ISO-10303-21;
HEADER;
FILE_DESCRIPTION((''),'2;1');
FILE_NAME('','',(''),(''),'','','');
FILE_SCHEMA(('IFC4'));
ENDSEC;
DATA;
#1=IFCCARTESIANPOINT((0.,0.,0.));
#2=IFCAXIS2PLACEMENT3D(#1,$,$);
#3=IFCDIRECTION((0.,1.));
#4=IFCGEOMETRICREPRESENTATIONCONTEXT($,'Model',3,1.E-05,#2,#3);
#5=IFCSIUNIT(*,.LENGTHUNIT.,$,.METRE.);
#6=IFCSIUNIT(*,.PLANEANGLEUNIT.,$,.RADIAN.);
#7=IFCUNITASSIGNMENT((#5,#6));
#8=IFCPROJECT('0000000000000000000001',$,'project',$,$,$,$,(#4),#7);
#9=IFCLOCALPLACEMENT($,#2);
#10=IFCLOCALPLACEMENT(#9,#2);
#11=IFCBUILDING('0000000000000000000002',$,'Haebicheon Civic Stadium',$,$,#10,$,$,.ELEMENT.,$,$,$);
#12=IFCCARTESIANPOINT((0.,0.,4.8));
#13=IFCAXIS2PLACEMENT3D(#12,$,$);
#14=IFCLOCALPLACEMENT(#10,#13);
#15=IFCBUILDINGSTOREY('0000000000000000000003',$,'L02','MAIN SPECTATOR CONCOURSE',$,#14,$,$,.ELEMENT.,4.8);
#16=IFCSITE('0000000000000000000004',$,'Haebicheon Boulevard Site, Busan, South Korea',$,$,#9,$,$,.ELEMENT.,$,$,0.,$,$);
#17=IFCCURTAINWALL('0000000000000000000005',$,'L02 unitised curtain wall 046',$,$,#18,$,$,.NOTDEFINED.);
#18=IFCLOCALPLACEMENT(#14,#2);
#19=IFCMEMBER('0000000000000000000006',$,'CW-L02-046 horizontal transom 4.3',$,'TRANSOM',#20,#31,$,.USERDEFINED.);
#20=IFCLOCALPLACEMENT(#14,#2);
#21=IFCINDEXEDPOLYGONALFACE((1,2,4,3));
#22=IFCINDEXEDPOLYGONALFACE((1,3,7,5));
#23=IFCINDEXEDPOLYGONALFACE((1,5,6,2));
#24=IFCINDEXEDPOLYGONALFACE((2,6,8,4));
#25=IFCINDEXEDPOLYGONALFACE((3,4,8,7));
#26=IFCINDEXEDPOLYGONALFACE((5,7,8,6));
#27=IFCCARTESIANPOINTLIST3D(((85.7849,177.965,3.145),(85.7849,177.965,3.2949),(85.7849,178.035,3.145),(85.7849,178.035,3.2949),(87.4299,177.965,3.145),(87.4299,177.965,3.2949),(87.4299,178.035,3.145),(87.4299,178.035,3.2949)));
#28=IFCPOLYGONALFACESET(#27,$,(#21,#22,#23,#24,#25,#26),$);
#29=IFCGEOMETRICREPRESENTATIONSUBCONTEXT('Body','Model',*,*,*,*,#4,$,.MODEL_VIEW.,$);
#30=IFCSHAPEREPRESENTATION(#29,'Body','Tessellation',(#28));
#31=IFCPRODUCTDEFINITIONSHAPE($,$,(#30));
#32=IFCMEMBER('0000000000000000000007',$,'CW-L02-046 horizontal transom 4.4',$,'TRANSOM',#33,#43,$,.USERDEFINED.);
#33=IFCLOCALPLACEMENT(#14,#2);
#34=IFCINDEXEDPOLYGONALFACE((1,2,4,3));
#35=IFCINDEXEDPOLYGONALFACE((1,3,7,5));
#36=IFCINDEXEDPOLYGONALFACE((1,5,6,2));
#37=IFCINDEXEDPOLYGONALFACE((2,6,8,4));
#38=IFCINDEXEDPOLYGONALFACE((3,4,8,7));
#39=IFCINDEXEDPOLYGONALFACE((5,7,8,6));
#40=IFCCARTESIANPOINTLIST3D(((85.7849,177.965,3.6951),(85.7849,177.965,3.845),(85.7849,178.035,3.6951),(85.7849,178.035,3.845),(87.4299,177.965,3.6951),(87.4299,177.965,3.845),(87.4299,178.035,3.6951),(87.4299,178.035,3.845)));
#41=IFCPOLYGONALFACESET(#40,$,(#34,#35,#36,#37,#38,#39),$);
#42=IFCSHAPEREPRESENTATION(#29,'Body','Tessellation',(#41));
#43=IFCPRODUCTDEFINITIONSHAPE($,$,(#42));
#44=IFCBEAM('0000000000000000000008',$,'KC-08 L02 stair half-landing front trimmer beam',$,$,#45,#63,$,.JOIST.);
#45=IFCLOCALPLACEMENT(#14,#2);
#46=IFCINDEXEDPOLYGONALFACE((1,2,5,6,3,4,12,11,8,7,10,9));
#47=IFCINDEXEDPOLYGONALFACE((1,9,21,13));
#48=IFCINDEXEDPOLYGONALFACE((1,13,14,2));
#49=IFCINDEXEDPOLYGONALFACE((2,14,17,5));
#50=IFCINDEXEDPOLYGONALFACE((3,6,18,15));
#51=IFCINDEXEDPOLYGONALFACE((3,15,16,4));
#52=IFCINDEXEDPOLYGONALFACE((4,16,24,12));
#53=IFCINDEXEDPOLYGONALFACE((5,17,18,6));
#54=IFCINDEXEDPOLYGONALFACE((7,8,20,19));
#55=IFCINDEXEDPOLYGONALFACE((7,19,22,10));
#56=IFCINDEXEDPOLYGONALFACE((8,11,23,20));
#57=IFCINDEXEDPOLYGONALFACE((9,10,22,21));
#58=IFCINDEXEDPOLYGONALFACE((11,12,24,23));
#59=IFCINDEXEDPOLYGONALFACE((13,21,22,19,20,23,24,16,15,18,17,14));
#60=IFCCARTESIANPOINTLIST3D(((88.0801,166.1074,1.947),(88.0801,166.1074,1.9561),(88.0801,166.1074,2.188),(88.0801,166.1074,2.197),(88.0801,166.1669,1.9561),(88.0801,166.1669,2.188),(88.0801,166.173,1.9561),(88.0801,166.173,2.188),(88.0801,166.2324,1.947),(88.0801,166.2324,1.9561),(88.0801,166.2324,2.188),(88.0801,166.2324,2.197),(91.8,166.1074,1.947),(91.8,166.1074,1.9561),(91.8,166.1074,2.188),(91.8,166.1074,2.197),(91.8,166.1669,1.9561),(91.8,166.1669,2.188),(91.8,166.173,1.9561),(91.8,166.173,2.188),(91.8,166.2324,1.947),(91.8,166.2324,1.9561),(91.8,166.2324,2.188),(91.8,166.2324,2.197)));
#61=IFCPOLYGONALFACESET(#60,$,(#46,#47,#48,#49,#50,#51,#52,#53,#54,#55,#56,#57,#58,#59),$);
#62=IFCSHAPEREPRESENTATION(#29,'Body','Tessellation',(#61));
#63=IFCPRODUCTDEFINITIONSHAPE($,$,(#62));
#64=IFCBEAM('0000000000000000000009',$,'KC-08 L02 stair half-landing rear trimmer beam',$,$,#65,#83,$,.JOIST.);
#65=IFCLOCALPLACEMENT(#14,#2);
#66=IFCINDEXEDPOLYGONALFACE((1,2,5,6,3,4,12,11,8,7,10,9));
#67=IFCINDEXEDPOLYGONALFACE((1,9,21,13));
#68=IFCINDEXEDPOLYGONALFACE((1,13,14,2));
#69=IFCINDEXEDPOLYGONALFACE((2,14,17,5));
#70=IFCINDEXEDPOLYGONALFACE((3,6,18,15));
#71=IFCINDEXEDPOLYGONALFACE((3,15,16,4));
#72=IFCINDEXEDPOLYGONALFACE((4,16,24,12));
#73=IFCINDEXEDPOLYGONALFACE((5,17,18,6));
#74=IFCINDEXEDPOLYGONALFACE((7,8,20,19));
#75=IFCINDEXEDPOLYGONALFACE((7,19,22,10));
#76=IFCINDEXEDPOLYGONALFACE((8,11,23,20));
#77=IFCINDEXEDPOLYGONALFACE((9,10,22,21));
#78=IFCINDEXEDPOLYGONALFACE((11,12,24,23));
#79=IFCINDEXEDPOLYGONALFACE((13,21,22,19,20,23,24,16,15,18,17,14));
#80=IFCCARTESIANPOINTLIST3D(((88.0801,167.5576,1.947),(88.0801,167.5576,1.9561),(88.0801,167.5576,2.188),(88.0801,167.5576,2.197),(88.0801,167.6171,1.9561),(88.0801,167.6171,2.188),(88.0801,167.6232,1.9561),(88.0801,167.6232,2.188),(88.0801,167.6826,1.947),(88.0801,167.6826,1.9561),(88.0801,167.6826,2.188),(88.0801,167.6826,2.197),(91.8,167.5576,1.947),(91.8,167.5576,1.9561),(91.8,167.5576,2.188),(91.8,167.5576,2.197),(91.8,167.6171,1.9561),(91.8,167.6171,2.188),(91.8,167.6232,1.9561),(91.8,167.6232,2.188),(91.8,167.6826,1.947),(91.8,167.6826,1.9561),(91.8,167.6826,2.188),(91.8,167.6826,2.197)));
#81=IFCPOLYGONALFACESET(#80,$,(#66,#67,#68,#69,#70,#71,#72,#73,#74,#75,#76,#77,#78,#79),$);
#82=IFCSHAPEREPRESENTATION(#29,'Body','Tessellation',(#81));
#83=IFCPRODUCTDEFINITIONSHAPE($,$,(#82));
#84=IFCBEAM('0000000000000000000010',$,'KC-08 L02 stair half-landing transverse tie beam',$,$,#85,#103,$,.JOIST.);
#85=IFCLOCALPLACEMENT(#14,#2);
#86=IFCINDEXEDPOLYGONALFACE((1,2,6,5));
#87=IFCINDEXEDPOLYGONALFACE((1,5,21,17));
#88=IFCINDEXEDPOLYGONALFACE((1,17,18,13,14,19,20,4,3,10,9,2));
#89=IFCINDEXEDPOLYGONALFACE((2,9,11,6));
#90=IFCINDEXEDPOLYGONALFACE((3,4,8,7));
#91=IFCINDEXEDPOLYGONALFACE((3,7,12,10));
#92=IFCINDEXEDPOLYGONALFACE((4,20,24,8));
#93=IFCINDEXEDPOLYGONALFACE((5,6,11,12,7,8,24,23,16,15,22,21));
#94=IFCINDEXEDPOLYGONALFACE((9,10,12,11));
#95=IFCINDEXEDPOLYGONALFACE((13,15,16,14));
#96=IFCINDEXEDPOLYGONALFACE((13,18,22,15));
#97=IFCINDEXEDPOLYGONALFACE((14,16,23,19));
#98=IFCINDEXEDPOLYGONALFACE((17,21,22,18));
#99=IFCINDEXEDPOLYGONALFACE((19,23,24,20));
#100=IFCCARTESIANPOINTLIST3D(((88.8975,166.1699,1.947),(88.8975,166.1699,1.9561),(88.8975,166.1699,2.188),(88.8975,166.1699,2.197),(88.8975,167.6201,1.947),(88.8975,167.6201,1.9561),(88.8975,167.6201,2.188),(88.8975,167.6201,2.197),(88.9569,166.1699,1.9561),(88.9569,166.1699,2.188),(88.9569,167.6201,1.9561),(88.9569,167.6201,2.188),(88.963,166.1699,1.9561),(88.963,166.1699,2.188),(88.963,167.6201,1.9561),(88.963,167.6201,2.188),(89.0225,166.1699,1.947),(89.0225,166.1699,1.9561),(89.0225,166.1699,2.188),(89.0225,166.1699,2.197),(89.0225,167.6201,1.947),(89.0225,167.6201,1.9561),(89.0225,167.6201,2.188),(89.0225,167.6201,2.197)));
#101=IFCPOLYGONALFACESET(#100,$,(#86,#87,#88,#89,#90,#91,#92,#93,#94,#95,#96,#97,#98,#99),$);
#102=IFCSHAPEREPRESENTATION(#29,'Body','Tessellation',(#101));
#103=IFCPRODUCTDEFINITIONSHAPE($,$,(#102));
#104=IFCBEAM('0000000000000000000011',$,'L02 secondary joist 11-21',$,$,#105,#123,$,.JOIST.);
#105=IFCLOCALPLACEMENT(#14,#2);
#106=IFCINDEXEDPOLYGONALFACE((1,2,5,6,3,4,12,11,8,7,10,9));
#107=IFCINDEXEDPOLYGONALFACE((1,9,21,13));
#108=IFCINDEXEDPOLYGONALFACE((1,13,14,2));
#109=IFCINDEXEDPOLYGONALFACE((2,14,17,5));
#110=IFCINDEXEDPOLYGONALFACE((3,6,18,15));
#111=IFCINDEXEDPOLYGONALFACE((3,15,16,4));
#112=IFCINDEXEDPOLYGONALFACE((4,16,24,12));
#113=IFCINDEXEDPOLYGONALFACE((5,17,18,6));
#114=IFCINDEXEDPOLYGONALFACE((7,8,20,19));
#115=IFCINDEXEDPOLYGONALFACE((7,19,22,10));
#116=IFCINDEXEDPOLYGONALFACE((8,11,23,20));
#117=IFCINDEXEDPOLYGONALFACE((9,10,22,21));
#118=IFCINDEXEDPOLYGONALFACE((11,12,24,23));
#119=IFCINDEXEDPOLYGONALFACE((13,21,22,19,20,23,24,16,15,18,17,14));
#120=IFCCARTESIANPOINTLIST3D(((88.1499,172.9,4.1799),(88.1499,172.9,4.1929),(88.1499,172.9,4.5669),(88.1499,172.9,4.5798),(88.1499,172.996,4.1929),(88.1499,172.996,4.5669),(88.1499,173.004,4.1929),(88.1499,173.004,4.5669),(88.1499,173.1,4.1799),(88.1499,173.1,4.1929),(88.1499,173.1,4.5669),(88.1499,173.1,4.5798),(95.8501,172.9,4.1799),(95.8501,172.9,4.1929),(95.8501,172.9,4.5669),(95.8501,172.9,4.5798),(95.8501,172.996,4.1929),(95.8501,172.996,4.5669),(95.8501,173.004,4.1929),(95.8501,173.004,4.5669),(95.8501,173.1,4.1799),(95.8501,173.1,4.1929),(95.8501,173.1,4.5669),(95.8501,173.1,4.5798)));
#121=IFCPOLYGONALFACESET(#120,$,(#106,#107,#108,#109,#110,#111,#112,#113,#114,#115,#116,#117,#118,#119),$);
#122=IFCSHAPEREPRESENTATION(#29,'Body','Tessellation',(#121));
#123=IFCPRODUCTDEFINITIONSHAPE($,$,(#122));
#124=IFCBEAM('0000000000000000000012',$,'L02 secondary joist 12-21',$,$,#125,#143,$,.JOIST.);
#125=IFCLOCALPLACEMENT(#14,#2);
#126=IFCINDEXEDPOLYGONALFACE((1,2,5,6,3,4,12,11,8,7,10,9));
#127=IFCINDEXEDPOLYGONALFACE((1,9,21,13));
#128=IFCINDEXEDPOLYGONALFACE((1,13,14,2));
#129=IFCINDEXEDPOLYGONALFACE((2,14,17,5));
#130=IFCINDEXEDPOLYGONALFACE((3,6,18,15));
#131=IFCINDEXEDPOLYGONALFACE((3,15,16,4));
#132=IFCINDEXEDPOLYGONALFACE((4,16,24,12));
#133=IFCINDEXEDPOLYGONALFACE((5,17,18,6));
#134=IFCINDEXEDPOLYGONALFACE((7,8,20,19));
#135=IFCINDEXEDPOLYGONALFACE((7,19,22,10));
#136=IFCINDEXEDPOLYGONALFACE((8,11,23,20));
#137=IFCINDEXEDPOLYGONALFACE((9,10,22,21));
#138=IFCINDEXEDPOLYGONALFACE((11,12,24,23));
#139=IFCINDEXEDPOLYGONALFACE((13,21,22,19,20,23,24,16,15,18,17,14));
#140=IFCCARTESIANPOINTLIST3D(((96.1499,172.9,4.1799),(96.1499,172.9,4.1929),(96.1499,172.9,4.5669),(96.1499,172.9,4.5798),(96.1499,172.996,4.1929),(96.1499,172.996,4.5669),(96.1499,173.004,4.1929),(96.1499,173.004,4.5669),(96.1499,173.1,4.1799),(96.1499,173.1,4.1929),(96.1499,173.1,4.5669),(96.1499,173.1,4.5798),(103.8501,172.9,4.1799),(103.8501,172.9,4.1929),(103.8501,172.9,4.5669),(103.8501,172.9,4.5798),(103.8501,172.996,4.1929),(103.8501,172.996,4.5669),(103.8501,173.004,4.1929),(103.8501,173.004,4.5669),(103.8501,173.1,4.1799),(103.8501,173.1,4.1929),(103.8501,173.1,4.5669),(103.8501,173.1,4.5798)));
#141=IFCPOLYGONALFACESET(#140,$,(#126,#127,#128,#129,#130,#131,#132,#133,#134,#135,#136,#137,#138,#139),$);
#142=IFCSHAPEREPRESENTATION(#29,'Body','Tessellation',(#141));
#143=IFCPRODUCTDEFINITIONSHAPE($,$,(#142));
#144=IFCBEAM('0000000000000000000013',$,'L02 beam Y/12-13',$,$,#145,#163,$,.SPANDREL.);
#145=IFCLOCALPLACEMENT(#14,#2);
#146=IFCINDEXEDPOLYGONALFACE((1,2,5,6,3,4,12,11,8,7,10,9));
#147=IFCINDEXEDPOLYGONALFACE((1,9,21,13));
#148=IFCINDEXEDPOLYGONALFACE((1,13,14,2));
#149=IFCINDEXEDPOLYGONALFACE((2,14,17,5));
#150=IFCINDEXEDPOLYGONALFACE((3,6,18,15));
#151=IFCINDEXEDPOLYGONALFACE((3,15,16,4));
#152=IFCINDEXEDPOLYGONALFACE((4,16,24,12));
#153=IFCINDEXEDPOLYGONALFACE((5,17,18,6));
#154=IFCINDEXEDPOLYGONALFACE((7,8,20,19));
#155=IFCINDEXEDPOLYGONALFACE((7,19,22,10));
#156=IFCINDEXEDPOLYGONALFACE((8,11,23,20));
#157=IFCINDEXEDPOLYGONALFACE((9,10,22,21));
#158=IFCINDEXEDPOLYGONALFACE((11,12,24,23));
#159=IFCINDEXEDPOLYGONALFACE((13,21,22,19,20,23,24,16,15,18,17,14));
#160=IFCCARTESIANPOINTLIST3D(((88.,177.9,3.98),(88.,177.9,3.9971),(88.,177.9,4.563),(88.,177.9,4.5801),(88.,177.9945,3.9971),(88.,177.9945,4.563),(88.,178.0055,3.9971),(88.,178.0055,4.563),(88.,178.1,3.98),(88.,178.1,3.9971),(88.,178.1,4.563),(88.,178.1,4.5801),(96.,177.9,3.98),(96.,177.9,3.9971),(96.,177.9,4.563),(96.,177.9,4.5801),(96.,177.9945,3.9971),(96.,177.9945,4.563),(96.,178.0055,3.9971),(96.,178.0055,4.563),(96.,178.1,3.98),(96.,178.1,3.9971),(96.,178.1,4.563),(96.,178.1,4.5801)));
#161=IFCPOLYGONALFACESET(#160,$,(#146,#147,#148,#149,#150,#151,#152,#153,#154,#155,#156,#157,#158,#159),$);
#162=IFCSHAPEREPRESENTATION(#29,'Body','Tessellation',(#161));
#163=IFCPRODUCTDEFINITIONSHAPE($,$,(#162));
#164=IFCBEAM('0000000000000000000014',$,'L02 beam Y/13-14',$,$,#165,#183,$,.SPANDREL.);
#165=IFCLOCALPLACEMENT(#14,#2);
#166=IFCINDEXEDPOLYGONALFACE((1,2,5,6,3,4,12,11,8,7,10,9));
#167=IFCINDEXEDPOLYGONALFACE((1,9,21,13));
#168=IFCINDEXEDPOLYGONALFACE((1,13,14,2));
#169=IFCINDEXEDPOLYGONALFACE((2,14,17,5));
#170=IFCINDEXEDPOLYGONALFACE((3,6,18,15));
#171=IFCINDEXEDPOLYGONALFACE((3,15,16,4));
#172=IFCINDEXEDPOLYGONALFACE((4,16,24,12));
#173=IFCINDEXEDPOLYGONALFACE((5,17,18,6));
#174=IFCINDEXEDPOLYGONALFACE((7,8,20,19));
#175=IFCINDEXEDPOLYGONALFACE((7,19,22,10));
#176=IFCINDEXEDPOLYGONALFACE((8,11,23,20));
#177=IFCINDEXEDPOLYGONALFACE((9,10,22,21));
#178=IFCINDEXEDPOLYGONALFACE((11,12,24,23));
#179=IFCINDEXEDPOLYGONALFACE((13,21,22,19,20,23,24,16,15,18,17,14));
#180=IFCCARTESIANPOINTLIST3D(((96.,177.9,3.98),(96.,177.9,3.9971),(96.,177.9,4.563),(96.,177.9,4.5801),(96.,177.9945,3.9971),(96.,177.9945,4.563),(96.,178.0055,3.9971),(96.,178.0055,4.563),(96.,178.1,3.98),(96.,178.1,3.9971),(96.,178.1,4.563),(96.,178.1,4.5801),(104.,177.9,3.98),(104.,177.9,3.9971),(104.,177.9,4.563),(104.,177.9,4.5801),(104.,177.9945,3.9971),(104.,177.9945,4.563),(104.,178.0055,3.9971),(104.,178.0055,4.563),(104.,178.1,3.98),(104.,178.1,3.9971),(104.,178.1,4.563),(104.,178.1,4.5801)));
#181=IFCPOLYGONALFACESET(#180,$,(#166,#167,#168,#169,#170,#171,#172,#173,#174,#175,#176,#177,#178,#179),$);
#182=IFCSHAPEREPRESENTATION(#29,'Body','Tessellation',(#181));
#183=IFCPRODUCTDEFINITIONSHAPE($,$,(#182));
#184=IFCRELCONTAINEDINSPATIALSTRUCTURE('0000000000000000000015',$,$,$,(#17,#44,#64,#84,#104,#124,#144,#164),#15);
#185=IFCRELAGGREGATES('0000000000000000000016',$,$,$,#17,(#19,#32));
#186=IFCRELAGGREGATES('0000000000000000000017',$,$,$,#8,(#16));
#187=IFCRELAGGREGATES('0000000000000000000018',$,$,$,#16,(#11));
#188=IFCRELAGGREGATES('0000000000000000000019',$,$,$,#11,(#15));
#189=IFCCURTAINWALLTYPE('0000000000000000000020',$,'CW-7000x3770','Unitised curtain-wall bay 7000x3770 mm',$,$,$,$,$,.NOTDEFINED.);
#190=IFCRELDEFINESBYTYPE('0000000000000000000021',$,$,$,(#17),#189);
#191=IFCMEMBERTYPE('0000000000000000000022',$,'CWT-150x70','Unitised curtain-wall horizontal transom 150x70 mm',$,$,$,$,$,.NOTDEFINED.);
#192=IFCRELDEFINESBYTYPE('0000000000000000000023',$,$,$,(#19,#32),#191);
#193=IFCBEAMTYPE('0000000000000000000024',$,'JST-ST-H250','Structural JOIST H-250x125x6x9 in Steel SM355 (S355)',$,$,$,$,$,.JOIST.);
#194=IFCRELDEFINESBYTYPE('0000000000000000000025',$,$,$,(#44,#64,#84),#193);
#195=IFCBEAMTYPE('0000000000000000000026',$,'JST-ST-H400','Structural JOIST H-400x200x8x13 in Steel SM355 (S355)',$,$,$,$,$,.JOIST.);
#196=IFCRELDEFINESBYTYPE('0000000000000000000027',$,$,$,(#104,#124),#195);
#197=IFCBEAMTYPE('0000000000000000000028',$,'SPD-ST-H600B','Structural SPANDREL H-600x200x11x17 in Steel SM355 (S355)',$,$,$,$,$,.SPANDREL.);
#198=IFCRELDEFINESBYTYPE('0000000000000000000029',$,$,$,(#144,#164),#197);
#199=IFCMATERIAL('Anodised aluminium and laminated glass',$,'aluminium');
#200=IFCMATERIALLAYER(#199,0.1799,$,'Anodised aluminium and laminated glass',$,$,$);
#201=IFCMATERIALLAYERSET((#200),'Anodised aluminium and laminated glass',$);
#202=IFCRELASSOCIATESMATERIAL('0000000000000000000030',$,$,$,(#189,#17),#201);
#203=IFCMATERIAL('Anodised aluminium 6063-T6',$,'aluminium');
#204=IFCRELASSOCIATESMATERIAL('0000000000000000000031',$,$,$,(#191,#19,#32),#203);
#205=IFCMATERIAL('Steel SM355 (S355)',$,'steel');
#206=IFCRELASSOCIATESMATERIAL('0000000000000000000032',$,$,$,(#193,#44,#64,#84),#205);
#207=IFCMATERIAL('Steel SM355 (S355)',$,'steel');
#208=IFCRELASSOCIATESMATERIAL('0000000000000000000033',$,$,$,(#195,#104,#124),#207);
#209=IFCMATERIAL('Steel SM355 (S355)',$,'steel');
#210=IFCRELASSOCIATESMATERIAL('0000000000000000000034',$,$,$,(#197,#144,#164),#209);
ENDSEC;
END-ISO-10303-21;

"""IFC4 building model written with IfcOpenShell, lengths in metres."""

from ifc_helpers import new_model, si_unit, direction, frame, origin, origin_2d, place, context, subcontext, project, spatial, rectangle, i_section, extrude, material, layer, layer_set, material_profile, profile_set, type_object, element, aggregate, save


model = new_model("IFC4")

# Units and contexts
model_context = context("Model", 3, precision=1e-05, world=origin(), true_north=direction((0.0, 1.0)))
body_context = subcontext(model_context, "Body", "Model", "MODEL_VIEW")
ifc_project = project(units=[si_unit("LENGTHUNIT", "METRE"), si_unit("PLANEANGLEUNIT", "RADIAN")], contexts=[model_context])

# Site, building, storey
site_placement = place(None, origin())
site = spatial("IfcSite", under=ifc_project, at=site_placement, Name="Haebicheon Boulevard Site, Busan, South Korea", CompositionType="ELEMENT", RefElevation=0.0)
building_placement = place(site_placement, origin())
building = spatial("IfcBuilding", under=site, at=building_placement, Name="Haebicheon Civic Stadium", CompositionType="ELEMENT")
storey_placement = place(building_placement, frame((0.0, 0.0, 4.8)))
storey = spatial("IfcBuildingStorey", under=building, at=storey_placement, Name="L02", Description="MAIN SPECTATOR CONCOURSE", CompositionType="ELEMENT", Elevation=4.8)

# Curtain wall, members
ifc_material_1 = material(Name="Anodised aluminium and laminated glass", Category="aluminium")
ifc_layer_1 = layer(ifc_material_1, 0.1799, Name="Anodised aluminium and laminated glass")
ifc_layer_set_1 = layer_set([ifc_layer_1], Name="Anodised aluminium and laminated glass")
curtain_wall_type = type_object("IfcCurtainWallType", Name="CW-7000x3770", Description="Unitised curtain-wall bay 7000x3770 mm", PredefinedType="NOTDEFINED", material=ifc_layer_set_1)
curtain_wall_placement = place(storey_placement, origin())
curtain_wall = element("IfcCurtainWall", 1, at=curtain_wall_placement, inside=storey, type_object=curtain_wall_type, material=ifc_layer_set_1, Name="L02 unitised curtain wall 046", PredefinedType="NOTDEFINED")
ifc_material_2 = material(Name="Anodised aluminium 6063-T6", Category="aluminium")
ifc_material_profile_1 = material_profile(ifc_material_2, rectangle(XDim=0.0701, YDim=0.1499, at=origin_2d()), Name="ALU-TRAN-70x150")
ifc_profile_set_1 = profile_set([ifc_material_profile_1], Name="Anodised aluminium 6063-T6")
member_type_1 = type_object("IfcMemberType", Name="CWT-150x70", Description="Unitised curtain-wall horizontal transom 150x70 mm", PredefinedType="NOTDEFINED", material=ifc_profile_set_1)
member_1_placement = place(storey_placement, frame((85.7849, 178.0, 3.22), z_axis=(1.0, 0.0, 0.0), x_axis=(0.0, 1.0, 0.0)))
member_1 = element("IfcMember", 2, at=member_1_placement, type_object=member_type_1, material=ifc_profile_set_1, Name="CW-L02-046 horizontal transom 4.3", ObjectType="TRANSOM", PredefinedType="USERDEFINED", context=body_context, shape_type="SweptSolid", body=[
    extrude(rectangle(XDim=0.0701, YDim=0.1499, at=origin_2d()), origin(), (0.0, 0.0, 1.0), 1.645),
])
member_2_placement = place(storey_placement, frame((85.7849, 178.0, 3.77), z_axis=(1.0, 0.0, 0.0), x_axis=(0.0, 1.0, 0.0)))
member_2 = element("IfcMember", 3, at=member_2_placement, type_object=member_type_1, material=ifc_profile_set_1, Name="CW-L02-046 horizontal transom 4.4", ObjectType="TRANSOM", PredefinedType="USERDEFINED", context=body_context, shape_type="SweptSolid", body=[
    extrude(rectangle(XDim=0.0701, YDim=0.1499, at=origin_2d()), origin(), (0.0, 0.0, 1.0), 1.645),
])

# Beams
ifc_material_3 = material(Name="Steel SM355 (S355)", Category="steel")
ifc_material_profile_2 = material_profile(ifc_material_3, i_section(OverallWidth=0.125, OverallDepth=0.25, WebThickness=0.0061, FlangeThickness=0.009, at=origin_2d()), Name="H-250x125x6x9")
ifc_profile_set_2 = profile_set([ifc_material_profile_2], Name="Steel SM355 (S355)")
beam_type_1 = type_object("IfcBeamType", Name="JST-ST-H250", Description="Structural JOIST H-250x125x6x9 in Steel SM355 (S355)", PredefinedType="JOIST", material=ifc_profile_set_2)
for number, where, z_axis, x_axis, name in (
    (4, (88.0801, 166.1699, 2.072), (1.0, 0.0, 0.0), (0.0, 1.0, 0.0), "KC-08 L02 stair half-landing front trimmer beam"),
    (5, (88.0801, 167.6201, 2.072), (1.0, 0.0, 0.0), (0.0, 1.0, 0.0), "KC-08 L02 stair half-landing rear trimmer beam"),
):
    element("IfcBeam", number, at=place(storey_placement, frame(where, z_axis=z_axis, x_axis=x_axis)), inside=storey, type_object=beam_type_1, material=ifc_profile_set_2, Name=name, PredefinedType="JOIST", context=body_context, shape_type="SweptSolid", body=[
        extrude(i_section(OverallWidth=0.125, OverallDepth=0.25, WebThickness=0.0061, FlangeThickness=0.009, at=origin_2d()), origin(), (0.0, 0.0, 1.0), 3.72),
    ])
beam_1_placement = place(storey_placement, frame((88.96, 166.1699, 2.072), z_axis=(0.0, 1.0, 0.0), x_axis=(-1.0, 0.0, 0.0)))
element("IfcBeam", 6, at=beam_1_placement, inside=storey, type_object=beam_type_1, material=ifc_profile_set_2, Name="KC-08 L02 stair half-landing transverse tie beam", PredefinedType="JOIST", context=body_context, shape_type="SweptSolid", body=[
    extrude(i_section(OverallWidth=0.125, OverallDepth=0.25, WebThickness=0.0061, FlangeThickness=0.009, at=origin_2d()), origin(), (0.0, 0.0, 1.0), 1.4502),
])
ifc_material_4 = material(Name="Steel SM355 (S355)", Category="steel")
ifc_material_profile_3 = material_profile(ifc_material_4, i_section(OverallWidth=0.2, OverallDepth=0.3999, WebThickness=0.0081, FlangeThickness=0.0129, at=origin_2d()), Name="H-400x200x8x13")
ifc_profile_set_3 = profile_set([ifc_material_profile_3], Name="Steel SM355 (S355)")
beam_type_2 = type_object("IfcBeamType", Name="JST-ST-H400", Description="Structural JOIST H-400x200x8x13 in Steel SM355 (S355)", PredefinedType="JOIST", material=ifc_profile_set_3)
for number, where, z_axis, x_axis, name in (
    (7, (88.1499, 173.0, 4.3799), (1.0, 0.0, 0.0), (0.0, 1.0, 0.0), "L02 secondary joist 11-21"),
    (8, (96.1499, 173.0, 4.3799), (1.0, 0.0, 0.0), (0.0, 1.0, 0.0), "L02 secondary joist 12-21"),
):
    element("IfcBeam", number, at=place(storey_placement, frame(where, z_axis=z_axis, x_axis=x_axis)), inside=storey, type_object=beam_type_2, material=ifc_profile_set_3, Name=name, PredefinedType="JOIST", context=body_context, shape_type="SweptSolid", body=[
        extrude(i_section(OverallWidth=0.2, OverallDepth=0.3999, WebThickness=0.0081, FlangeThickness=0.0129, at=origin_2d()), origin(), (0.0, 0.0, 1.0), 7.7002),
    ])
ifc_material_5 = material(Name="Steel SM355 (S355)", Category="steel")
ifc_material_profile_4 = material_profile(ifc_material_5, i_section(OverallWidth=0.2, OverallDepth=0.6001, WebThickness=0.011, FlangeThickness=0.0171, at=origin_2d()), Name="H-600x200x11x17")
ifc_profile_set_4 = profile_set([ifc_material_profile_4], Name="Steel SM355 (S355)")
beam_type_3 = type_object("IfcBeamType", Name="SPD-ST-H600B", Description="Structural SPANDREL H-600x200x11x17 in Steel SM355 (S355)", PredefinedType="SPANDREL", material=ifc_profile_set_4)
for number, where, z_axis, x_axis, name in (
    (9, (88.0, 178.0, 4.28), (1.0, 0.0, 0.0), (0.0, 1.0, 0.0), "L02 beam Y/12-13"),
    (10, (96.0, 178.0, 4.28), (1.0, 0.0, 0.0), (0.0, 1.0, 0.0), "L02 beam Y/13-14"),
):
    element("IfcBeam", number, at=place(storey_placement, frame(where, z_axis=z_axis, x_axis=x_axis)), inside=storey, type_object=beam_type_3, material=ifc_profile_set_4, Name=name, PredefinedType="SPANDREL", context=body_context, shape_type="SweptSolid", body=[
        extrude(i_section(OverallWidth=0.2, OverallDepth=0.6001, WebThickness=0.011, FlangeThickness=0.0171, at=origin_2d()), origin(), (0.0, 0.0, 1.0), 8.0),
    ])

aggregate(curtain_wall, [member_1, member_2])

save(model, "model.ifc")
